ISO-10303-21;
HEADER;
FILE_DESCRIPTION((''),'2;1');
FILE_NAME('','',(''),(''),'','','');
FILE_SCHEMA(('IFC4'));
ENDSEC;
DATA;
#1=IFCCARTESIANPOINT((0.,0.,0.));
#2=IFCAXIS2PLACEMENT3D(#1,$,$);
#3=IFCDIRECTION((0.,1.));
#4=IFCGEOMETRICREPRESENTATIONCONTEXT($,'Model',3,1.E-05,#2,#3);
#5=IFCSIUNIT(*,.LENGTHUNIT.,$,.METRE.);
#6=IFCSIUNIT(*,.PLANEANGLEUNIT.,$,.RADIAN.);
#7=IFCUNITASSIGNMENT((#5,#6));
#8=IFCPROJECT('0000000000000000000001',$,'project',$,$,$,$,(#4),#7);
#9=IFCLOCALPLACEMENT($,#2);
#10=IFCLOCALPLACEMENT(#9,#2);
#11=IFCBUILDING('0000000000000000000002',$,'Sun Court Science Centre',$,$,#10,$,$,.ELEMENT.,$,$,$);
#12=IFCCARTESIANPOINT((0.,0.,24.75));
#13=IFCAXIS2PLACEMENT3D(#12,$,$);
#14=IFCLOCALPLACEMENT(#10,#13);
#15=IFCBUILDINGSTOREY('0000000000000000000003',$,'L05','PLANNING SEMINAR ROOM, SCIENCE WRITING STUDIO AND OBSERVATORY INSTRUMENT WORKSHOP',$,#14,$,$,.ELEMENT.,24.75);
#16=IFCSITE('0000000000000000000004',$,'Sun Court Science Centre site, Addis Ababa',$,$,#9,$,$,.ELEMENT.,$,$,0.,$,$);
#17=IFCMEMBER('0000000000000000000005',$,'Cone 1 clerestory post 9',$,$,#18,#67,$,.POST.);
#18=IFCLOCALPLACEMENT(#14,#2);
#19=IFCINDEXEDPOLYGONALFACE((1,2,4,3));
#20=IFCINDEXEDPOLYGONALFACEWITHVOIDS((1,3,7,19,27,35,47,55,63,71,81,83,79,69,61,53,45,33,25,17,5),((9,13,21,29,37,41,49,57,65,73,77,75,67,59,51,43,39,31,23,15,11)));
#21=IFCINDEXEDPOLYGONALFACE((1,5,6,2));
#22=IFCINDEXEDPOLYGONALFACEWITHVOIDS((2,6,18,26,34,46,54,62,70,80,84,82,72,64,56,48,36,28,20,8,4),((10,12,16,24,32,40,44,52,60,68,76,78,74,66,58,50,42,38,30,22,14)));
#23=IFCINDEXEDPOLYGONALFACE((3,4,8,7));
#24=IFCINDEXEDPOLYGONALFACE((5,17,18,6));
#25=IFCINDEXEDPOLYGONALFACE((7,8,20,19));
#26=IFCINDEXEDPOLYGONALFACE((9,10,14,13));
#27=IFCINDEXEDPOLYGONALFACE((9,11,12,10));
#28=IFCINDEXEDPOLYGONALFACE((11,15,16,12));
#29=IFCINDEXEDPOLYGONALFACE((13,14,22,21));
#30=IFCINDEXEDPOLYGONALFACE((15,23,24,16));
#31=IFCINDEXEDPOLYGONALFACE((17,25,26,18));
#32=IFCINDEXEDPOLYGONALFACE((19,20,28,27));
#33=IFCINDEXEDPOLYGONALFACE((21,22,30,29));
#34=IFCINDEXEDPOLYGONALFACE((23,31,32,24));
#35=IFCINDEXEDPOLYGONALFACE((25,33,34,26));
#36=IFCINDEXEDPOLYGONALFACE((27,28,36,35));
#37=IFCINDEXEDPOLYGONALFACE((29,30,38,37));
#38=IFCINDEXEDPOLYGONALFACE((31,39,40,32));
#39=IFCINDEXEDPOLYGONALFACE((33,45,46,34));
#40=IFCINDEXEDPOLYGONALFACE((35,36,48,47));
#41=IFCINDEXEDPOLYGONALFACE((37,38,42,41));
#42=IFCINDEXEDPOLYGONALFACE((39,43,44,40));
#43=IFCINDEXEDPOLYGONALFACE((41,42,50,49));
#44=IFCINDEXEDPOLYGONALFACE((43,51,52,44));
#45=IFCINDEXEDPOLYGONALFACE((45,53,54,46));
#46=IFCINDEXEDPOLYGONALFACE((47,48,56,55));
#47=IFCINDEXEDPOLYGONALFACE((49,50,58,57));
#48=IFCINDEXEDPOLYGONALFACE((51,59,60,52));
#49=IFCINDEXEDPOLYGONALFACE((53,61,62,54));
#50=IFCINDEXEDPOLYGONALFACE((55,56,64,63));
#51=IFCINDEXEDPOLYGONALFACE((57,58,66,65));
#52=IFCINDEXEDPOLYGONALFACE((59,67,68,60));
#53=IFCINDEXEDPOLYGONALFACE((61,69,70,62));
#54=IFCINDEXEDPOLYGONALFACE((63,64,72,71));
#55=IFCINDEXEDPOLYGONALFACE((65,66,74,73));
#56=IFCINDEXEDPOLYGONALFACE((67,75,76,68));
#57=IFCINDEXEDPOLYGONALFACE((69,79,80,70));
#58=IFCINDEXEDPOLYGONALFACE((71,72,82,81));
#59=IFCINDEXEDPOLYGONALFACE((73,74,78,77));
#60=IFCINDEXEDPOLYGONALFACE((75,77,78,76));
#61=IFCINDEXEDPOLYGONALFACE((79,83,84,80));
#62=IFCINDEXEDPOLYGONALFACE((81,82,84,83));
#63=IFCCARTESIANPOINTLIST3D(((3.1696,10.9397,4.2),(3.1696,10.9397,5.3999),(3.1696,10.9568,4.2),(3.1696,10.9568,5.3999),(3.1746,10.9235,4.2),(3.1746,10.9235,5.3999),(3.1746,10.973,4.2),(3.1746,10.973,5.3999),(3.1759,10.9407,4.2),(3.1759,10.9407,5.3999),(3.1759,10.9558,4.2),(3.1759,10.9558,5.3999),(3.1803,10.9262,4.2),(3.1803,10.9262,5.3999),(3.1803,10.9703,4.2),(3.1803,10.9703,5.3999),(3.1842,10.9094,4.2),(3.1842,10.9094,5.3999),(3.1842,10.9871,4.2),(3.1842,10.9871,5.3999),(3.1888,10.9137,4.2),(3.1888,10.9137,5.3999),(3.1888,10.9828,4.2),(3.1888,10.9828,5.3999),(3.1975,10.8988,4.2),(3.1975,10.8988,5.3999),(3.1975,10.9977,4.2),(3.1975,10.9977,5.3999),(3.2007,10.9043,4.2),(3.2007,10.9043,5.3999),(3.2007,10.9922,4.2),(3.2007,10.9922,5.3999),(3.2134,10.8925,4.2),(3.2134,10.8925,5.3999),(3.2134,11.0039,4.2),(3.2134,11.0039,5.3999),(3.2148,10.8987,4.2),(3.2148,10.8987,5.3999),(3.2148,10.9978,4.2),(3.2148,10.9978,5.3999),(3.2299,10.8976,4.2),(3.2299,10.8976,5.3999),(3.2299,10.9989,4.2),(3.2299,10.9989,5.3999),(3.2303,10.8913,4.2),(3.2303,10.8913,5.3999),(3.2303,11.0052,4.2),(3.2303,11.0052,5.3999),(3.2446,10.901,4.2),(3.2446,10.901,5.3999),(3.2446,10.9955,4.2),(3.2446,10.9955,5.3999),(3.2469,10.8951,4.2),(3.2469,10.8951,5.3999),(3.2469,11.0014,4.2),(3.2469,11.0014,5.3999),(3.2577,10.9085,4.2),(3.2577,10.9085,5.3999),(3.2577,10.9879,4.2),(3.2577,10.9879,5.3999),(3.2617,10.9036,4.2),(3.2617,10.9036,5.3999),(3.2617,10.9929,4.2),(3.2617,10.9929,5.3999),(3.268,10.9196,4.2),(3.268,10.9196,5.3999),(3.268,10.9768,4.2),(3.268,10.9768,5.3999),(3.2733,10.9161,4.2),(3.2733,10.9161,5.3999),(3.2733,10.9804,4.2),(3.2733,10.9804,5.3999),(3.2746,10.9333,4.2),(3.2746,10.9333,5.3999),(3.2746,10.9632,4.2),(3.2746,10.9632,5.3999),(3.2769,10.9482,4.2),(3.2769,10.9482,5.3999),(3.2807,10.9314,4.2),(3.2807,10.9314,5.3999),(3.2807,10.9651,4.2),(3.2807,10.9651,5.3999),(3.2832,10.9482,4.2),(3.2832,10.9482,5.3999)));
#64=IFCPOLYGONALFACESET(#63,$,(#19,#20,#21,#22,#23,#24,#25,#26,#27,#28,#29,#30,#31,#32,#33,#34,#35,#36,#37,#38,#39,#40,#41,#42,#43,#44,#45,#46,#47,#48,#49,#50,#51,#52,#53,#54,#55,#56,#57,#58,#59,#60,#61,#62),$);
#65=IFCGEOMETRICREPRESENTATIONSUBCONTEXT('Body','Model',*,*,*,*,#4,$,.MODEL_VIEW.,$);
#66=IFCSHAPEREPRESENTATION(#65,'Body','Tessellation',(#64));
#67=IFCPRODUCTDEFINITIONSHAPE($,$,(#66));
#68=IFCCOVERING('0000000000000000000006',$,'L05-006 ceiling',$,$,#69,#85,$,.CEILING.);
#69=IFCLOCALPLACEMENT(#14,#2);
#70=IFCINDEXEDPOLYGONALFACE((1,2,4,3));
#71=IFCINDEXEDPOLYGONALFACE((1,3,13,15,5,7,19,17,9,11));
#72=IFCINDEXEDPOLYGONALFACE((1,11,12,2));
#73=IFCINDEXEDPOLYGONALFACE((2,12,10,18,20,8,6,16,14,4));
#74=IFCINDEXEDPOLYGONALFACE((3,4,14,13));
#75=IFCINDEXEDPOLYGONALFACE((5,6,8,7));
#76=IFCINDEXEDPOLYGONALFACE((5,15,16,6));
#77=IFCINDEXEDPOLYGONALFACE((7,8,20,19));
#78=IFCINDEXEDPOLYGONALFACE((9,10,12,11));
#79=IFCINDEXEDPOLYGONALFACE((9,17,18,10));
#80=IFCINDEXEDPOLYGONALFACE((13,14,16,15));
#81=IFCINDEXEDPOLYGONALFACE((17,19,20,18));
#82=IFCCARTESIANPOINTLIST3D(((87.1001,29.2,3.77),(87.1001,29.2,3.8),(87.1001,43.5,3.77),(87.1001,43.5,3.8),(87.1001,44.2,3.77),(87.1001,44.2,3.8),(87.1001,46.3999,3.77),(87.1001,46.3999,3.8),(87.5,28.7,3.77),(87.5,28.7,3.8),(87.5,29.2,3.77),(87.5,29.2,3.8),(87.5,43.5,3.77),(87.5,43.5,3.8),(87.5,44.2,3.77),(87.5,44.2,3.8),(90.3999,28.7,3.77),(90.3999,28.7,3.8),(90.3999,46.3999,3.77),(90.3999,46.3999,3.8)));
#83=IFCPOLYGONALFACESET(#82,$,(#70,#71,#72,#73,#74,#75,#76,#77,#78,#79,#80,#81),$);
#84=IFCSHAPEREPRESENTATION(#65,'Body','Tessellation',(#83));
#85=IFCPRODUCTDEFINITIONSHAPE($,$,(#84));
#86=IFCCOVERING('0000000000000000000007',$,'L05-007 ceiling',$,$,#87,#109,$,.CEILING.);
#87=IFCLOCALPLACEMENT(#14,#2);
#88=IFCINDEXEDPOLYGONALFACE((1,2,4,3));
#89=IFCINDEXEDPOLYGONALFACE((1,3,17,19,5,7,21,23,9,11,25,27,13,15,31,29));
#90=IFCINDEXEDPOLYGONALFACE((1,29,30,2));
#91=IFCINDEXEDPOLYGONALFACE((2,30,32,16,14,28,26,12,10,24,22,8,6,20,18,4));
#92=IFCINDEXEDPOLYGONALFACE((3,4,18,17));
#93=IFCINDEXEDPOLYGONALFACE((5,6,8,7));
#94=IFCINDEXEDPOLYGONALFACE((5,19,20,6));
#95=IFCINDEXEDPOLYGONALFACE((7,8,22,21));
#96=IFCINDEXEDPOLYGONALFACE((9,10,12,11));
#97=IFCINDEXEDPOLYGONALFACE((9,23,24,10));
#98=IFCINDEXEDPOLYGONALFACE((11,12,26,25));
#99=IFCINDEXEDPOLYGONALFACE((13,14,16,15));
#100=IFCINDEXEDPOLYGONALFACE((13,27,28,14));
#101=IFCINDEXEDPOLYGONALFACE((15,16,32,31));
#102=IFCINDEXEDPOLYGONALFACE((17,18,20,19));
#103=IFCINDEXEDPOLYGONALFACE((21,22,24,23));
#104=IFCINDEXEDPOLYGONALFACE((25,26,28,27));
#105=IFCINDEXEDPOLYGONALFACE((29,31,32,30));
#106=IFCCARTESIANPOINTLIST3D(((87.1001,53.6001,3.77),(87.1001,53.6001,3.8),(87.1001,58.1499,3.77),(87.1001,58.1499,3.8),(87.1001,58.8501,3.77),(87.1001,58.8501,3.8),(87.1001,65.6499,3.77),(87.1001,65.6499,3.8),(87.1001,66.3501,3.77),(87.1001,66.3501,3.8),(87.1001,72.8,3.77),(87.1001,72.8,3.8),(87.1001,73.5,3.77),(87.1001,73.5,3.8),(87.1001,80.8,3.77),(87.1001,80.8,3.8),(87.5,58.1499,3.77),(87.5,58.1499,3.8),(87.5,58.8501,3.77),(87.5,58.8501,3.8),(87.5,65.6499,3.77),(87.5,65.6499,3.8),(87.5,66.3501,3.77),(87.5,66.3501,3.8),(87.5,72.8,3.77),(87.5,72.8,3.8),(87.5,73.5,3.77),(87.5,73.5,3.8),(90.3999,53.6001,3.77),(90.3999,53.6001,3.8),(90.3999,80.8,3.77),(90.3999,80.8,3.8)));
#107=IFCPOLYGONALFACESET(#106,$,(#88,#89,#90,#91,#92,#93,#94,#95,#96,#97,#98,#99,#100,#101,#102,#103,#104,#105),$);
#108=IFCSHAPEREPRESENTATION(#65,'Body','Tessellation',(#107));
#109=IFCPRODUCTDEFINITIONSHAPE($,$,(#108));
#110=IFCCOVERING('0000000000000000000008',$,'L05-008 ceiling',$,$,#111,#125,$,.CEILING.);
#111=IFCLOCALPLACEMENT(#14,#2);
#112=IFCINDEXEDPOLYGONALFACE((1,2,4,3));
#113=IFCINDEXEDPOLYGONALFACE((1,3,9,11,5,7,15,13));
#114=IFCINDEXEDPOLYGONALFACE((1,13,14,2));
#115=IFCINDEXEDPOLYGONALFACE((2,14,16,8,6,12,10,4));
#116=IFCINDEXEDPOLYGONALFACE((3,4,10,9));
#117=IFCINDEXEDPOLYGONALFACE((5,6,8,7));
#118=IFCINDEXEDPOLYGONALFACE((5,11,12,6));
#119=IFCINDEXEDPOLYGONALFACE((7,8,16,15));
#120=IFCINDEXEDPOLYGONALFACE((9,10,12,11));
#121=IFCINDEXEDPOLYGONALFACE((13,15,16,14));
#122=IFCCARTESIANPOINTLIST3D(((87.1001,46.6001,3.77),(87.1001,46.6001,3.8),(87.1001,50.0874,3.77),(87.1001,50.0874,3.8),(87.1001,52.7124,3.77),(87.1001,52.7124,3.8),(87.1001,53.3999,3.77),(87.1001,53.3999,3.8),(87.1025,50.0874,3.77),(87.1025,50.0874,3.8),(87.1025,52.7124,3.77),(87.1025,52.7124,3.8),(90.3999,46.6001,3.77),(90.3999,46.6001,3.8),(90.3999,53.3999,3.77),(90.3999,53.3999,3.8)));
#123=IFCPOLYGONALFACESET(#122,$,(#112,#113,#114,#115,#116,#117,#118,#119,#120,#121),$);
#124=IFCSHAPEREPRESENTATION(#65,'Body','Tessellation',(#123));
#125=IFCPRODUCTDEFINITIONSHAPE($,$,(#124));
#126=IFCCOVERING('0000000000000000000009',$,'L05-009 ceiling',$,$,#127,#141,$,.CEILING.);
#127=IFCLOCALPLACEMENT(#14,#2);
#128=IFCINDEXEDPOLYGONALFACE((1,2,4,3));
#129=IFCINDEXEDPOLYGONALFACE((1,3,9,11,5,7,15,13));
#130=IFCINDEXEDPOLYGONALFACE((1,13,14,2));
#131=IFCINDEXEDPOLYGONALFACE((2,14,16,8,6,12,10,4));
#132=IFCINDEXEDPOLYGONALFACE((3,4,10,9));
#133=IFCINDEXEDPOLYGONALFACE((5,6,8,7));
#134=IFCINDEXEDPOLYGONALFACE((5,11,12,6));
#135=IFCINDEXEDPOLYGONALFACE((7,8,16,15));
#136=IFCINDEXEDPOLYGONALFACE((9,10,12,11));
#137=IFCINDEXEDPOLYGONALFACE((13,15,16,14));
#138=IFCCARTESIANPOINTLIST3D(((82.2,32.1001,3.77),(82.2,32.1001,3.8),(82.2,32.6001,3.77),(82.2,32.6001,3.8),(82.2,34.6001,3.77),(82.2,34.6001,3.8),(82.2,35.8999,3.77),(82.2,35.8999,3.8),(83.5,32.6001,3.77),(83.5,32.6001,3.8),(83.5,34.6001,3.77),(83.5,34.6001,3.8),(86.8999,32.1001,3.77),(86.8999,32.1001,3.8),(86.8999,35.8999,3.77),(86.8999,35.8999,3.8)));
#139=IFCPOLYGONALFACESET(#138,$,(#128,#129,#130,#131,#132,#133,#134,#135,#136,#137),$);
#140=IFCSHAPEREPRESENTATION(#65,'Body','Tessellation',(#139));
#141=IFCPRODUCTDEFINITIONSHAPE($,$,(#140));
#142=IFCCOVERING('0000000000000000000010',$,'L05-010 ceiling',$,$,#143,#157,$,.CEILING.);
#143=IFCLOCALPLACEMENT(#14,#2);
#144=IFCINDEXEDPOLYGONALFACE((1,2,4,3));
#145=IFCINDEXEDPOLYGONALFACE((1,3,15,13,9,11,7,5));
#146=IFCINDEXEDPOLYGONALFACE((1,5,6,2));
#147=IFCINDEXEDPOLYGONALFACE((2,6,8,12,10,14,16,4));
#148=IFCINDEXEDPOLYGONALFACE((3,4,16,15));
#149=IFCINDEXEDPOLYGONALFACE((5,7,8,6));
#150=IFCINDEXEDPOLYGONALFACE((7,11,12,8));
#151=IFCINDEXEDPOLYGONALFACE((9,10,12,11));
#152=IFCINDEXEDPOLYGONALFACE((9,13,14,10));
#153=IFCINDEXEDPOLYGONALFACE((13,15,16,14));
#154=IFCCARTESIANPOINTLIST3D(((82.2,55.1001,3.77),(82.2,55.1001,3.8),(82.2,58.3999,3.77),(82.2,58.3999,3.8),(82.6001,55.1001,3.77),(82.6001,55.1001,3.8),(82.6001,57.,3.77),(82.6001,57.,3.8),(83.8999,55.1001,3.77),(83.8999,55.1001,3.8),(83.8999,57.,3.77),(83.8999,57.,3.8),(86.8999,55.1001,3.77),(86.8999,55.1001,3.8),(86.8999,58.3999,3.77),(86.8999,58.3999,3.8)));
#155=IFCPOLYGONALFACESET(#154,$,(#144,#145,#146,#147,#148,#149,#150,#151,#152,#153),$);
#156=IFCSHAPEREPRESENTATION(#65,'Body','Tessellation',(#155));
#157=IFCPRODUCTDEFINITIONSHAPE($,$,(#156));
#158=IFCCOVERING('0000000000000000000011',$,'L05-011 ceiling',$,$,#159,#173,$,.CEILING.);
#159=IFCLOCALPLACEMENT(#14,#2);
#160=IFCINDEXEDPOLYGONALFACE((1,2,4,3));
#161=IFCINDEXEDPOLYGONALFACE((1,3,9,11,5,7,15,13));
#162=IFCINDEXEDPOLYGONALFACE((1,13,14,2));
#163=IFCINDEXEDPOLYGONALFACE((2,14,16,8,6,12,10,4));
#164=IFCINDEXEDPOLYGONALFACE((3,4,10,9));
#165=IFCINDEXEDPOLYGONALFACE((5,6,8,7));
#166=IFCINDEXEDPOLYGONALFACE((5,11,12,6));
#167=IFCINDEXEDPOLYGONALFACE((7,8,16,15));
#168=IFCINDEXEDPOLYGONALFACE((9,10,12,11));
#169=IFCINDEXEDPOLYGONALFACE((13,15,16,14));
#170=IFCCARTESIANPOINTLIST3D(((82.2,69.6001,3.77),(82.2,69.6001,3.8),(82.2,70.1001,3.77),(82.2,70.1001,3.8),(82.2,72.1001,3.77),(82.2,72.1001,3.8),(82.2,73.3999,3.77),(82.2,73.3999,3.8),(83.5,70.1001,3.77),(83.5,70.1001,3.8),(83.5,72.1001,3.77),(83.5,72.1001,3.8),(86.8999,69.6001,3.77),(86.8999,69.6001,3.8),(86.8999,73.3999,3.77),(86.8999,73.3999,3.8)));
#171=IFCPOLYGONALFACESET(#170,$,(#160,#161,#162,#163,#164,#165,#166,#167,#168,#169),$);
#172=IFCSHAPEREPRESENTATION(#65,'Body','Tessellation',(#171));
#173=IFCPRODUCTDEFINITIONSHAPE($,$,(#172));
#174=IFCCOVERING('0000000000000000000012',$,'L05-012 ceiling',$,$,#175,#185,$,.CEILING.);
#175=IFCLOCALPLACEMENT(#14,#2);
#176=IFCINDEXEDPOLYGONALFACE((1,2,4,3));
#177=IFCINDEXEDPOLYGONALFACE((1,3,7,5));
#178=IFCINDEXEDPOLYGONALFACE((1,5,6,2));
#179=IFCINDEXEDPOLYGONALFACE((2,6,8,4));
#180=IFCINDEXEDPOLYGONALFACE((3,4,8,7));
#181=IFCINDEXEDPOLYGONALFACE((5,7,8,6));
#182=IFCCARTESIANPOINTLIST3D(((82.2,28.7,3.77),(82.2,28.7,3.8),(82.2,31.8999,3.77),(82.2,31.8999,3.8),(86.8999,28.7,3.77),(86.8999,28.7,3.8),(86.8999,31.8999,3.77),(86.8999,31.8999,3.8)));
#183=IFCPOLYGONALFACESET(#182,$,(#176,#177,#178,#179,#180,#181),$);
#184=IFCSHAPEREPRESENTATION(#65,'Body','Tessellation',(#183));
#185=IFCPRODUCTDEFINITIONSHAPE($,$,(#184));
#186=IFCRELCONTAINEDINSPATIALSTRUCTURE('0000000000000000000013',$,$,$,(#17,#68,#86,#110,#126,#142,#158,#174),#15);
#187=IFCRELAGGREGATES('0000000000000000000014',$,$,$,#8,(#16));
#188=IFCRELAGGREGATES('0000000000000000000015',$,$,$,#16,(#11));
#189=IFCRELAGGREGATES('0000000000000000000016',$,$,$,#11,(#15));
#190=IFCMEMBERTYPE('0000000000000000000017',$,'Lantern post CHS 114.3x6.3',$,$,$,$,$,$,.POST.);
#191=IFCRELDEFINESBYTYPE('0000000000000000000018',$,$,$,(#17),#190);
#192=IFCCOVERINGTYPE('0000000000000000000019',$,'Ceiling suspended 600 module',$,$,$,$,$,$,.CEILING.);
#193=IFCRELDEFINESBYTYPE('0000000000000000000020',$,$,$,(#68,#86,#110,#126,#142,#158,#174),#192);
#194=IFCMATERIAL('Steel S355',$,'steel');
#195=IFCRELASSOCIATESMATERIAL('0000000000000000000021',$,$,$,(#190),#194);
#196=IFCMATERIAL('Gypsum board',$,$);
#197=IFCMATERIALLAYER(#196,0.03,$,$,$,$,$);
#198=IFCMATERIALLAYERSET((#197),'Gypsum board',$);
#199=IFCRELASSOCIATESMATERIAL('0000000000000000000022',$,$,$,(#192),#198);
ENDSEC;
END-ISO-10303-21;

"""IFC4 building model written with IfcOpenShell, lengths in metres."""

from ifc_helpers import new_model, si_unit, direction, frame, origin, origin_2d, place, context, subcontext, project, spatial, polyline, hollow_circle, outline, extrude, material, layer, layer_set, material_profile, profile_set, type_object, element, save


model = new_model("IFC4")

# Units and contexts
model_context = context("Model", 3, precision=1e-05, world=origin(), true_north=direction((0.0, 1.0)))
body_context = subcontext(model_context, "Body", "Model", "MODEL_VIEW")
ifc_project = project(units=[si_unit("LENGTHUNIT", "METRE"), si_unit("PLANEANGLEUNIT", "RADIAN")], contexts=[model_context])

# Site, building, storey
site_placement = place(None, origin())
site = spatial("IfcSite", under=ifc_project, at=site_placement, Name="Sun Court Science Centre site, Addis Ababa", CompositionType="ELEMENT", RefElevation=0.0)
building_placement = place(site_placement, origin())
building = spatial("IfcBuilding", under=site, at=building_placement, Name="Sun Court Science Centre", CompositionType="ELEMENT")
storey_placement = place(building_placement, frame((0.0, 0.0, 24.75)))
storey = spatial("IfcBuildingStorey", under=building, at=storey_placement, Name="L05", Description="PLANNING SEMINAR ROOM, SCIENCE WRITING STUDIO AND OBSERVATORY INSTRUMENT WORKSHOP", CompositionType="ELEMENT", Elevation=24.75)

# Member
ifc_material_1 = material(Name="Steel S355", Category="steel")
ifc_material_profile_1 = material_profile(ifc_material_1, hollow_circle(Radius=0.0571, WallThickness=0.0063, at=origin_2d()), Name="CHS 114.3x6.3")
ifc_profile_set_1 = profile_set([ifc_material_profile_1], Name="Steel S355")
member_type_1 = type_object("IfcMemberType", Name="Lantern post CHS 114.3x6.3", PredefinedType="POST", material=ifc_profile_set_1)
for number, where, z_axis, x_axis, name in (
    (1, (3.2261, 10.9482, 4.2), (0.0, 0.0, 1.0), (1.0, 0.0, 0.0), "Cone 1 clerestory post 9"),
):
    element("IfcMember", number, at=place(storey_placement, frame(where, z_axis=z_axis, x_axis=x_axis)), inside=storey, type_object=member_type_1, Name=name, PredefinedType="POST", context=body_context, shape_type="SweptSolid", body=[
        extrude(hollow_circle(Radius=0.0571, WallThickness=0.0063, at=origin_2d()), origin(), (0.0, 0.0, 1.0), 1.2),
    ])

# Coverings
ifc_material_2 = material(Name="Gypsum board")
ifc_layer_1 = layer(ifc_material_2, 0.03)
ifc_layer_set_1 = layer_set([ifc_layer_1], Name="Gypsum board")
covering_type_1 = type_object("IfcCoveringType", Name="Ceiling suspended 600 module", PredefinedType="CEILING", material=ifc_layer_set_1)
covering_1_placement = place(storey_placement, frame((0.0, 0.0, 3.77)))
element("IfcCovering", 2, at=covering_1_placement, inside=storey, type_object=covering_type_1, Name="L05-006 ceiling", PredefinedType="CEILING", context=body_context, shape_type="SweptSolid", body=[
    extrude(outline(polyline([(87.1001, 29.2), (87.1001, 43.5), (87.5, 43.5), (87.5, 44.2), (87.1001, 44.2), (87.1001, 46.3999), (90.3999, 46.3999), (90.3999, 28.7), (87.5, 28.7), (87.5, 29.2), (87.1001, 29.2)])), origin(), (0.0, 0.0, 1.0), 0.03),
])
covering_2_placement = place(storey_placement, frame((0.0, 0.0, 3.77)))
element("IfcCovering", 3, at=covering_2_placement, inside=storey, type_object=covering_type_1, Name="L05-007 ceiling", PredefinedType="CEILING", context=body_context, shape_type="SweptSolid", body=[
    extrude(outline(polyline([(90.3999, 80.8), (90.3999, 53.6001), (87.1001, 53.6001), (87.1001, 58.1499), (87.5, 58.1499), (87.5, 58.8501), (87.1001, 58.8501), (87.1001, 65.6499), (87.5, 65.6499), (87.5, 66.3501), (87.1001, 66.3501), (87.1001, 72.8), (87.5, 72.8), (87.5, 73.5), (87.1001, 73.5), (87.1001, 80.8), (90.3999, 80.8)])), origin(), (0.0, 0.0, 1.0), 0.03),
])
covering_3_placement = place(storey_placement, frame((0.0, 0.0, 3.77)))
element("IfcCovering", 4, at=covering_3_placement, inside=storey, type_object=covering_type_1, Name="L05-008 ceiling", PredefinedType="CEILING", context=body_context, shape_type="SweptSolid", body=[
    extrude(outline(polyline([(87.1001, 53.3999), (90.3999, 53.3999), (90.3999, 46.6001), (87.1001, 46.6001), (87.1001, 50.0874), (87.1025, 50.0874), (87.1025, 52.7124), (87.1001, 52.7124), (87.1001, 53.3999)])), origin(), (0.0, 0.0, 1.0), 0.03),
])
covering_4_placement = place(storey_placement, frame((0.0, 0.0, 3.77)))
element("IfcCovering", 5, at=covering_4_placement, inside=storey, type_object=covering_type_1, Name="L05-009 ceiling", PredefinedType="CEILING", context=body_context, shape_type="SweptSolid", body=[
    extrude(outline(polyline([(82.2, 32.6001), (83.5, 32.6001), (83.5, 34.6001), (82.2, 34.6001), (82.2, 35.8999), (86.8999, 35.8999), (86.8999, 32.1001), (82.2, 32.1001), (82.2, 32.6001)])), origin(), (0.0, 0.0, 1.0), 0.03),
])
covering_5_placement = place(storey_placement, frame((0.0, 0.0, 3.77)))
element("IfcCovering", 6, at=covering_5_placement, inside=storey, type_object=covering_type_1, Name="L05-010 ceiling", PredefinedType="CEILING", context=body_context, shape_type="SweptSolid", body=[
    extrude(outline(polyline([(83.8999, 57.0), (82.6001, 57.0), (82.6001, 55.1001), (82.2, 55.1001), (82.2, 58.3999), (86.8999, 58.3999), (86.8999, 55.1001), (83.8999, 55.1001), (83.8999, 57.0)])), origin(), (0.0, 0.0, 1.0), 0.03),
])
covering_6_placement = place(storey_placement, frame((0.0, 0.0, 3.77)))
element("IfcCovering", 7, at=covering_6_placement, inside=storey, type_object=covering_type_1, Name="L05-011 ceiling", PredefinedType="CEILING", context=body_context, shape_type="SweptSolid", body=[
    extrude(outline(polyline([(82.2, 70.1001), (83.5, 70.1001), (83.5, 72.1001), (82.2, 72.1001), (82.2, 73.3999), (86.8999, 73.3999), (86.8999, 69.6001), (82.2, 69.6001), (82.2, 70.1001)])), origin(), (0.0, 0.0, 1.0), 0.03),
])
covering_7_placement = place(storey_placement, frame((0.0, 0.0, 3.77)))
element("IfcCovering", 8, at=covering_7_placement, inside=storey, type_object=covering_type_1, Name="L05-012 ceiling", PredefinedType="CEILING", context=body_context, shape_type="SweptSolid", body=[
    extrude(outline(polyline([(82.2, 28.7), (82.2, 31.8999), (86.8999, 31.8999), (86.8999, 28.7), (82.2, 28.7)])), origin(), (0.0, 0.0, 1.0), 0.03),
])

save(model, "model.ifc")
